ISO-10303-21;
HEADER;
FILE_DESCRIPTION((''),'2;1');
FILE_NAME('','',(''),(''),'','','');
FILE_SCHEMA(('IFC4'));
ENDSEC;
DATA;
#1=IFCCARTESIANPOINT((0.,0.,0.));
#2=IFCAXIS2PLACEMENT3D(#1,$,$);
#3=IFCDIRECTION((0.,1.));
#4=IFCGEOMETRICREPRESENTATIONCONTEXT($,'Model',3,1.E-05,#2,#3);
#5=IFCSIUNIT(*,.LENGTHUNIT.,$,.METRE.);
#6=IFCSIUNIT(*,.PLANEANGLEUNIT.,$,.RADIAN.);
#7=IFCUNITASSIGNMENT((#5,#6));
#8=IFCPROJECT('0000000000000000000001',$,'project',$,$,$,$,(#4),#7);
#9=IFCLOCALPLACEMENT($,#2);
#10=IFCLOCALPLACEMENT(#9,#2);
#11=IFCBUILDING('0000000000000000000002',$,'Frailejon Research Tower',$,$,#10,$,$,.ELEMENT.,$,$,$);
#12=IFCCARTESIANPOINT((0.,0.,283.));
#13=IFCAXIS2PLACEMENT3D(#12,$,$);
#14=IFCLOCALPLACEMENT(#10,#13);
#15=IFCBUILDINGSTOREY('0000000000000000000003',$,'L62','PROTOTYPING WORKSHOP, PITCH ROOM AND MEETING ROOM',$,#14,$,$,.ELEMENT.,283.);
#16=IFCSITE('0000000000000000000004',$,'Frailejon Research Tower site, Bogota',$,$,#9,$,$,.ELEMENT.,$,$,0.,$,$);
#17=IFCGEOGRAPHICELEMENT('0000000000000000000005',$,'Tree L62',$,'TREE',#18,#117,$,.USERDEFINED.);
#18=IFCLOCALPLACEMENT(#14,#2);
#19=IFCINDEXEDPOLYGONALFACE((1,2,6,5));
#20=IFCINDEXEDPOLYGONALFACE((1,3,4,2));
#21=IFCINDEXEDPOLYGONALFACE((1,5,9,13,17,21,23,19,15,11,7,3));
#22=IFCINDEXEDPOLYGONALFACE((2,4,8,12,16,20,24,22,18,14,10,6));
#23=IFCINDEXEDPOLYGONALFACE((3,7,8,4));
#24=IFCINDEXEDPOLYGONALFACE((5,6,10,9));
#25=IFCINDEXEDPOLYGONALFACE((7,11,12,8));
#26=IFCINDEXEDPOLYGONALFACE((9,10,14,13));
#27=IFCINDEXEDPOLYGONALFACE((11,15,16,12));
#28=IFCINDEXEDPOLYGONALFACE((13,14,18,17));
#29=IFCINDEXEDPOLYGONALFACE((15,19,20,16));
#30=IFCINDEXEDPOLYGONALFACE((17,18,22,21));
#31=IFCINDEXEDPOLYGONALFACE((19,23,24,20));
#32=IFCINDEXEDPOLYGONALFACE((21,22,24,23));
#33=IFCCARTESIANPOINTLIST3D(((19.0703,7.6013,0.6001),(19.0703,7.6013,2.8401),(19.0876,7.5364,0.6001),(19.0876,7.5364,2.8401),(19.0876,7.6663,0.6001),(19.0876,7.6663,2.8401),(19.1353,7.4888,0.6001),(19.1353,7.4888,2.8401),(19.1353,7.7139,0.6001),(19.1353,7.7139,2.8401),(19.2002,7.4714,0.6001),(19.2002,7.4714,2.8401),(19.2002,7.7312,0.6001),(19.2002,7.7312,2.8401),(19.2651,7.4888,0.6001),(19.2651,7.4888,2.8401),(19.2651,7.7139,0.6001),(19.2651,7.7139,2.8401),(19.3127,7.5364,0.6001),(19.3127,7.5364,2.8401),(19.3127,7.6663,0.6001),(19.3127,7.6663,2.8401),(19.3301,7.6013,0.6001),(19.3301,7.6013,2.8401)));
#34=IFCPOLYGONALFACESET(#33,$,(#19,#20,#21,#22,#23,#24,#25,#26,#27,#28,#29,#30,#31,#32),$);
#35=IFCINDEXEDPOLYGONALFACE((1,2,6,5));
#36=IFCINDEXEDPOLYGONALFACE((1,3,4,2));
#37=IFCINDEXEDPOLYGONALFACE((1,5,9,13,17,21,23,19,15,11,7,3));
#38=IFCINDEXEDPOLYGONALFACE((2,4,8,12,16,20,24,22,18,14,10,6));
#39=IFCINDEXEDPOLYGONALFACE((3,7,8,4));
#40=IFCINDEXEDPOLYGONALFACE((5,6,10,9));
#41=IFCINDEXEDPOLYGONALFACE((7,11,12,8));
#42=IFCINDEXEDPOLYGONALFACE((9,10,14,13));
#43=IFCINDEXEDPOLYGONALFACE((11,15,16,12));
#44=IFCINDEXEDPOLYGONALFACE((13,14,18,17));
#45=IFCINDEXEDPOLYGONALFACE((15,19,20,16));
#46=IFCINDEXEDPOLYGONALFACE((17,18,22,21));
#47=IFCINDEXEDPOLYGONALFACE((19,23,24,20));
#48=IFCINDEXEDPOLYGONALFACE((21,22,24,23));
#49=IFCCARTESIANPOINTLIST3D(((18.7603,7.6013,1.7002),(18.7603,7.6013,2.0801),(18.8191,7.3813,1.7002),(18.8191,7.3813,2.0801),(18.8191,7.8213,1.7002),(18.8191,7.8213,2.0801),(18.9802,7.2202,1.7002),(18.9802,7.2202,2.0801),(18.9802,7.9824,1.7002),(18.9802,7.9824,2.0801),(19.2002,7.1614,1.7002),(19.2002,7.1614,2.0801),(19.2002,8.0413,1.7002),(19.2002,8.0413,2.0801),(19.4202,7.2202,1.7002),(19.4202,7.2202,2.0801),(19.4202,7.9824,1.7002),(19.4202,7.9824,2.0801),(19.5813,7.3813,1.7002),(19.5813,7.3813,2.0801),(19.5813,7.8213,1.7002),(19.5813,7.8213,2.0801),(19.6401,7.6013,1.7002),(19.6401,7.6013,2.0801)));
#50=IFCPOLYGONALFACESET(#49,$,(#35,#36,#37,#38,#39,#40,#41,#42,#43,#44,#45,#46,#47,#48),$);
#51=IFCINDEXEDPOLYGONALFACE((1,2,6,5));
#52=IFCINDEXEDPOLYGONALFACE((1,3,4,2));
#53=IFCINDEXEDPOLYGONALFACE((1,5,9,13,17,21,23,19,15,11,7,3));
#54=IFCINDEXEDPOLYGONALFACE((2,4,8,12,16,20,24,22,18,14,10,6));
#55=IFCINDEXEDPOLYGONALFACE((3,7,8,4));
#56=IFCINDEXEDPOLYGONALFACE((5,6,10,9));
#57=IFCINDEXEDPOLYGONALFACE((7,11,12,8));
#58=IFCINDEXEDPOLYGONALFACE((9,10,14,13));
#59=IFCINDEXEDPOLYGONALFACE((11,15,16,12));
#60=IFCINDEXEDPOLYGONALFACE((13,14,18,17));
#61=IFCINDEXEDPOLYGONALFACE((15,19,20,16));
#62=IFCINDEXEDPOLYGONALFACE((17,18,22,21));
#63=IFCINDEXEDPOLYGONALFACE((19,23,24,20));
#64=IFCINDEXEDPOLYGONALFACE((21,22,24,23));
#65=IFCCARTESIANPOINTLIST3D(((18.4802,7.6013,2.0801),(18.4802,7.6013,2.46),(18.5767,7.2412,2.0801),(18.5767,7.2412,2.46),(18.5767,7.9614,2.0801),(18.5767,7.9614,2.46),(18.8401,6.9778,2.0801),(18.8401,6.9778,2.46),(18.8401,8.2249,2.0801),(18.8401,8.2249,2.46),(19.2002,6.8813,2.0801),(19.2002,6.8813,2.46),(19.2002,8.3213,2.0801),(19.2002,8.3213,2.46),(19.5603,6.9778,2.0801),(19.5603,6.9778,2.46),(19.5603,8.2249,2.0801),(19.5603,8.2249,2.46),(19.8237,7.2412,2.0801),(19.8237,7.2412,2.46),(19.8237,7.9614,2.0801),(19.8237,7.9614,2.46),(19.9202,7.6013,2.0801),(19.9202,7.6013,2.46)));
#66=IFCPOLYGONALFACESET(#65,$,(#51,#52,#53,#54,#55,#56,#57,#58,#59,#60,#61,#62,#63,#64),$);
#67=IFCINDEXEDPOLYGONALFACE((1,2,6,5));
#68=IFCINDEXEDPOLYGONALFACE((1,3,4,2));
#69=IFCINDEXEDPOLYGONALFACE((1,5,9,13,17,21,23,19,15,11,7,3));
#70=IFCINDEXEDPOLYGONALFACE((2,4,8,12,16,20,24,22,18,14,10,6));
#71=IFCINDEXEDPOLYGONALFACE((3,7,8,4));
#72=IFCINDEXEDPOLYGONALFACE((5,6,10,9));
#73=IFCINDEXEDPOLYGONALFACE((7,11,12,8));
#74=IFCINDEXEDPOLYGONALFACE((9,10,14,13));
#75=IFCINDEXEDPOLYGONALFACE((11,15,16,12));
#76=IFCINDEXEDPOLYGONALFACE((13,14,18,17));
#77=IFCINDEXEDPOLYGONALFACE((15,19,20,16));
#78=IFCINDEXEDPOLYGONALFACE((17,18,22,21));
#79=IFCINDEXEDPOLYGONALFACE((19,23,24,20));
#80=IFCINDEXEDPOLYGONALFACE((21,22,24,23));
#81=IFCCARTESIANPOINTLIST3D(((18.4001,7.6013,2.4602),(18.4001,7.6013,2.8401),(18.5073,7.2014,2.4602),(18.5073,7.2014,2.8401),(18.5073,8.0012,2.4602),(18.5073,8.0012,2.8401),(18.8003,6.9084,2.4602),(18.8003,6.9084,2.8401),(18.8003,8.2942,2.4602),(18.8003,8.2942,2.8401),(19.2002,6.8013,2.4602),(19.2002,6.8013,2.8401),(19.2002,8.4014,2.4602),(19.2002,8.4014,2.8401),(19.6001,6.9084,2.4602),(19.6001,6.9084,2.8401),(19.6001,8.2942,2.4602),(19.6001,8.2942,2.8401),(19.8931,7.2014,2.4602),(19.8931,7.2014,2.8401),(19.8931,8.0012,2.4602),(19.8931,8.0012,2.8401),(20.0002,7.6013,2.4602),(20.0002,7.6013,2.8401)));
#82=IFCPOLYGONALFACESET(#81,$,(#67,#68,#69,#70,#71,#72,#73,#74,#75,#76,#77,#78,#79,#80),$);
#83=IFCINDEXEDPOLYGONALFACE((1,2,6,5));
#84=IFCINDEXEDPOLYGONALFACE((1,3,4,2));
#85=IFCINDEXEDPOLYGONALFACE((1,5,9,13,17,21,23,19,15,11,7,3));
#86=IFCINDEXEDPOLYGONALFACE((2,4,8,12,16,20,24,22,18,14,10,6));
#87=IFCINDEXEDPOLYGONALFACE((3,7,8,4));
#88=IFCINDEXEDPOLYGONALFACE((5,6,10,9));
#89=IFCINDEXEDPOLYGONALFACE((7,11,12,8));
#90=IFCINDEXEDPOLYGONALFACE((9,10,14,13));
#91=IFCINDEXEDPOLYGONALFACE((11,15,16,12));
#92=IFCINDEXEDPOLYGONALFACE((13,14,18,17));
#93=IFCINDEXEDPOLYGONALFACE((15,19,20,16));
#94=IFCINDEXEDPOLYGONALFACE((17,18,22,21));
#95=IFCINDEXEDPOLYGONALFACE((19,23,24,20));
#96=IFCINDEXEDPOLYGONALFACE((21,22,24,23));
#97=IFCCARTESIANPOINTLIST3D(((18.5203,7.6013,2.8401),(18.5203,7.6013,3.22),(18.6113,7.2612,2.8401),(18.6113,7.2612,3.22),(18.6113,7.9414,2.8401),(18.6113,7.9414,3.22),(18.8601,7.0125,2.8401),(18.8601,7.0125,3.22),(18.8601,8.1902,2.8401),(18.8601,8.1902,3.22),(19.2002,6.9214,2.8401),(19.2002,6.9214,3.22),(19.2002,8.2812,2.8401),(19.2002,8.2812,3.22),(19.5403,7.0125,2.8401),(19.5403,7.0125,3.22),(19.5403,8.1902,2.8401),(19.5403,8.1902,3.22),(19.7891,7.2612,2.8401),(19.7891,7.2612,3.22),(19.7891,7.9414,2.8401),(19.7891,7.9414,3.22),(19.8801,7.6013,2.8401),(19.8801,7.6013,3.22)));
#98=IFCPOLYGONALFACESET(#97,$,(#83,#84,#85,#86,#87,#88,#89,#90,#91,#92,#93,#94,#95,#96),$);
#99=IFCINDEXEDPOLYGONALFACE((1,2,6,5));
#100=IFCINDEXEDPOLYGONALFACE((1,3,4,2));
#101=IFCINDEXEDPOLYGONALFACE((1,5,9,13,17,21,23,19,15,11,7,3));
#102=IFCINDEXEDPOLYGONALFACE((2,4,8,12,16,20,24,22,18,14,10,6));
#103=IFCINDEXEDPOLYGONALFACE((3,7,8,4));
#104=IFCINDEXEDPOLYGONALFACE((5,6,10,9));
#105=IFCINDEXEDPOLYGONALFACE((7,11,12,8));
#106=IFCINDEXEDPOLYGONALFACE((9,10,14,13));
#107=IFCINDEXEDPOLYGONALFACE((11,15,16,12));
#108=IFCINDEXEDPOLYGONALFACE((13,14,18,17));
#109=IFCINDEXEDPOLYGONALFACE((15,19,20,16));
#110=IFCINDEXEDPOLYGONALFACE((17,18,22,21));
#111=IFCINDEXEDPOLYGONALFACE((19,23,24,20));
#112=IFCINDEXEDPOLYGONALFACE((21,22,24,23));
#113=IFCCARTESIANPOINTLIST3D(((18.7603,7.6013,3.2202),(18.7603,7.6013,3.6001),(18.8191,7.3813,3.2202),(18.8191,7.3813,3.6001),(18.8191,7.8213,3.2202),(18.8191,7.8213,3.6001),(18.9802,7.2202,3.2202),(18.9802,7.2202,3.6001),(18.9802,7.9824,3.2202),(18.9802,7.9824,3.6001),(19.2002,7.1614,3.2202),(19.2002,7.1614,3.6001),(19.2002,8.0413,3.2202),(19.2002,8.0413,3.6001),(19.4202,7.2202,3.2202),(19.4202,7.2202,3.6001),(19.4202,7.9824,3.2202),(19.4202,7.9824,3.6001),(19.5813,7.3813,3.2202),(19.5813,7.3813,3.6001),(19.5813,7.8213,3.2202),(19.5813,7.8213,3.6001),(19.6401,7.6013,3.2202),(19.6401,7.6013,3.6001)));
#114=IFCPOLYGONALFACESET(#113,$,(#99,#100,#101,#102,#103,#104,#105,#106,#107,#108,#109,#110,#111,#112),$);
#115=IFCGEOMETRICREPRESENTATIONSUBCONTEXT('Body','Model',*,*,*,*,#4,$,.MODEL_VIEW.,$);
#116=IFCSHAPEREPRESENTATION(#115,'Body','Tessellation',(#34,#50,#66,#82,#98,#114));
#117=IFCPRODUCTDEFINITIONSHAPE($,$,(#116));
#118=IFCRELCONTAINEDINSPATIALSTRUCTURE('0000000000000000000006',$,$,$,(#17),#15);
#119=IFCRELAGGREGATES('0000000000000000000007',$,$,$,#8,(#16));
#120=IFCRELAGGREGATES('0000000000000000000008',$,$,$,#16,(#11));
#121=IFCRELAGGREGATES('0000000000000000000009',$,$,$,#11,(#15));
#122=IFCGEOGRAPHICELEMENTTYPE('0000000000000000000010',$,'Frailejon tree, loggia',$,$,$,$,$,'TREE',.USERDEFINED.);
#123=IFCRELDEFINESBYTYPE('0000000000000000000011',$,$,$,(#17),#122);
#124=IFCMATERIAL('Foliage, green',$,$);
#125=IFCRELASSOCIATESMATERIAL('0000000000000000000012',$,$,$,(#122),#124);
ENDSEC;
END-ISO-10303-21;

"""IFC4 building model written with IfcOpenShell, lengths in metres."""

from ifc_helpers import new_model, si_unit, direction, frame, origin, place, context, subcontext, project, spatial, polyline, outline, extrude, material, type_object, element, save


model = new_model("IFC4")

# Units and contexts
model_context = context("Model", 3, precision=1e-05, world=origin(), true_north=direction((0.0, 1.0)))
body_context = subcontext(model_context, "Body", "Model", "MODEL_VIEW")
ifc_project = project(units=[si_unit("LENGTHUNIT", "METRE"), si_unit("PLANEANGLEUNIT", "RADIAN")], contexts=[model_context])

# Site, building, storey
site_placement = place(None, origin())
site = spatial("IfcSite", under=ifc_project, at=site_placement, Name="Frailejon Research Tower site, Bogota", CompositionType="ELEMENT", RefElevation=0.0)
building_placement = place(site_placement, origin())
building = spatial("IfcBuilding", under=site, at=building_placement, Name="Frailejon Research Tower", CompositionType="ELEMENT")
storey_placement = place(building_placement, frame((0.0, 0.0, 283.0)))
storey = spatial("IfcBuildingStorey", under=building, at=storey_placement, Name="L62", Description="PROTOTYPING WORKSHOP, PITCH ROOM AND MEETING ROOM", CompositionType="ELEMENT", Elevation=283.0)

# Geographic element
ifc_material_1 = material(Name="Foliage, green")
geographic_element_type = type_object("IfcGeographicElementType", Name="Frailejon tree, loggia", ElementType="TREE", PredefinedType="USERDEFINED", material=ifc_material_1)
geographic_element_placement = place(storey_placement, frame((19.2002, 7.6013, 0.6001)))
element("IfcGeographicElement", 1, at=geographic_element_placement, inside=storey, type_object=geographic_element_type, Name="Tree L62", ObjectType="TREE", PredefinedType="USERDEFINED", context=body_context, shape_type="SweptSolid", body=[
    extrude(outline(polyline([(0.1299, 0.0), (0.1125, 0.0649), (0.0649, 0.1125), (0.0, 0.1299), (-0.0649, 0.1125), (-0.1125, 0.0649), (-0.1299, 0.0), (-0.1125, -0.0649), (-0.0649, -0.1125), (0.0, -0.1299), (0.0649, -0.1125), (0.1125, -0.0649), (0.1299, 0.0)])), origin(), (0.0, 0.0, 1.0), 2.24),
    extrude(outline(polyline([(0.4399, 0.0), (0.3811, 0.22), (0.22, 0.3811), (0.0, 0.4399), (-0.22, 0.3811), (-0.3811, 0.22), (-0.4399, 0.0), (-0.3811, -0.22), (-0.22, -0.3811), (0.0, -0.4399), (0.22, -0.3811), (0.3811, -0.22), (0.4399, 0.0)])), frame((0.0, 0.0, 1.1001)), (0.0, 0.0, 1.0), 0.3799),
    extrude(outline(polyline([(0.72, 0.0), (0.6235, 0.3601), (0.3601, 0.6235), (0.0, 0.72), (-0.3601, 0.6235), (-0.6235, 0.3601), (-0.72, 0.0), (-0.6235, -0.3601), (-0.3601, -0.6235), (0.0, -0.72), (0.3601, -0.6235), (0.6235, -0.3601), (0.72, 0.0)])), frame((0.0, 0.0, 1.48)), (0.0, 0.0, 1.0), 0.3799),
    extrude(outline(polyline([(0.8, 0.0), (0.6929, 0.3999), (0.3999, 0.6929), (0.0, 0.8), (-0.3999, 0.6929), (-0.6929, 0.3999), (-0.8, 0.0), (-0.6929, -0.3999), (-0.3999, -0.6929), (0.0, -0.8), (0.3999, -0.6929), (0.6929, -0.3999), (0.8, 0.0)])), frame((0.0, 0.0, 1.8601)), (0.0, 0.0, 1.0), 0.3799),
    extrude(outline(polyline([(0.6799, 0.0), (0.5889, 0.3401), (0.3401, 0.5889), (0.0, 0.6799), (-0.3401, 0.5889), (-0.5889, 0.3401), (-0.6799, 0.0), (-0.5889, -0.3401), (-0.3401, -0.5889), (0.0, -0.6799), (0.3401, -0.5889), (0.5889, -0.3401), (0.6799, 0.0)])), frame((0.0, 0.0, 2.24)), (0.0, 0.0, 1.0), 0.3799),
    extrude(outline(polyline([(0.4399, 0.0), (0.3811, 0.22), (0.22, 0.3811), (0.0, 0.4399), (-0.22, 0.3811), (-0.3811, 0.22), (-0.4399, 0.0), (-0.3811, -0.22), (-0.22, -0.3811), (0.0, -0.4399), (0.22, -0.3811), (0.3811, -0.22), (0.4399, 0.0)])), frame((0.0, 0.0, 2.6201)), (0.0, 0.0, 1.0), 0.3799),
])

save(model, "model.ifc")
